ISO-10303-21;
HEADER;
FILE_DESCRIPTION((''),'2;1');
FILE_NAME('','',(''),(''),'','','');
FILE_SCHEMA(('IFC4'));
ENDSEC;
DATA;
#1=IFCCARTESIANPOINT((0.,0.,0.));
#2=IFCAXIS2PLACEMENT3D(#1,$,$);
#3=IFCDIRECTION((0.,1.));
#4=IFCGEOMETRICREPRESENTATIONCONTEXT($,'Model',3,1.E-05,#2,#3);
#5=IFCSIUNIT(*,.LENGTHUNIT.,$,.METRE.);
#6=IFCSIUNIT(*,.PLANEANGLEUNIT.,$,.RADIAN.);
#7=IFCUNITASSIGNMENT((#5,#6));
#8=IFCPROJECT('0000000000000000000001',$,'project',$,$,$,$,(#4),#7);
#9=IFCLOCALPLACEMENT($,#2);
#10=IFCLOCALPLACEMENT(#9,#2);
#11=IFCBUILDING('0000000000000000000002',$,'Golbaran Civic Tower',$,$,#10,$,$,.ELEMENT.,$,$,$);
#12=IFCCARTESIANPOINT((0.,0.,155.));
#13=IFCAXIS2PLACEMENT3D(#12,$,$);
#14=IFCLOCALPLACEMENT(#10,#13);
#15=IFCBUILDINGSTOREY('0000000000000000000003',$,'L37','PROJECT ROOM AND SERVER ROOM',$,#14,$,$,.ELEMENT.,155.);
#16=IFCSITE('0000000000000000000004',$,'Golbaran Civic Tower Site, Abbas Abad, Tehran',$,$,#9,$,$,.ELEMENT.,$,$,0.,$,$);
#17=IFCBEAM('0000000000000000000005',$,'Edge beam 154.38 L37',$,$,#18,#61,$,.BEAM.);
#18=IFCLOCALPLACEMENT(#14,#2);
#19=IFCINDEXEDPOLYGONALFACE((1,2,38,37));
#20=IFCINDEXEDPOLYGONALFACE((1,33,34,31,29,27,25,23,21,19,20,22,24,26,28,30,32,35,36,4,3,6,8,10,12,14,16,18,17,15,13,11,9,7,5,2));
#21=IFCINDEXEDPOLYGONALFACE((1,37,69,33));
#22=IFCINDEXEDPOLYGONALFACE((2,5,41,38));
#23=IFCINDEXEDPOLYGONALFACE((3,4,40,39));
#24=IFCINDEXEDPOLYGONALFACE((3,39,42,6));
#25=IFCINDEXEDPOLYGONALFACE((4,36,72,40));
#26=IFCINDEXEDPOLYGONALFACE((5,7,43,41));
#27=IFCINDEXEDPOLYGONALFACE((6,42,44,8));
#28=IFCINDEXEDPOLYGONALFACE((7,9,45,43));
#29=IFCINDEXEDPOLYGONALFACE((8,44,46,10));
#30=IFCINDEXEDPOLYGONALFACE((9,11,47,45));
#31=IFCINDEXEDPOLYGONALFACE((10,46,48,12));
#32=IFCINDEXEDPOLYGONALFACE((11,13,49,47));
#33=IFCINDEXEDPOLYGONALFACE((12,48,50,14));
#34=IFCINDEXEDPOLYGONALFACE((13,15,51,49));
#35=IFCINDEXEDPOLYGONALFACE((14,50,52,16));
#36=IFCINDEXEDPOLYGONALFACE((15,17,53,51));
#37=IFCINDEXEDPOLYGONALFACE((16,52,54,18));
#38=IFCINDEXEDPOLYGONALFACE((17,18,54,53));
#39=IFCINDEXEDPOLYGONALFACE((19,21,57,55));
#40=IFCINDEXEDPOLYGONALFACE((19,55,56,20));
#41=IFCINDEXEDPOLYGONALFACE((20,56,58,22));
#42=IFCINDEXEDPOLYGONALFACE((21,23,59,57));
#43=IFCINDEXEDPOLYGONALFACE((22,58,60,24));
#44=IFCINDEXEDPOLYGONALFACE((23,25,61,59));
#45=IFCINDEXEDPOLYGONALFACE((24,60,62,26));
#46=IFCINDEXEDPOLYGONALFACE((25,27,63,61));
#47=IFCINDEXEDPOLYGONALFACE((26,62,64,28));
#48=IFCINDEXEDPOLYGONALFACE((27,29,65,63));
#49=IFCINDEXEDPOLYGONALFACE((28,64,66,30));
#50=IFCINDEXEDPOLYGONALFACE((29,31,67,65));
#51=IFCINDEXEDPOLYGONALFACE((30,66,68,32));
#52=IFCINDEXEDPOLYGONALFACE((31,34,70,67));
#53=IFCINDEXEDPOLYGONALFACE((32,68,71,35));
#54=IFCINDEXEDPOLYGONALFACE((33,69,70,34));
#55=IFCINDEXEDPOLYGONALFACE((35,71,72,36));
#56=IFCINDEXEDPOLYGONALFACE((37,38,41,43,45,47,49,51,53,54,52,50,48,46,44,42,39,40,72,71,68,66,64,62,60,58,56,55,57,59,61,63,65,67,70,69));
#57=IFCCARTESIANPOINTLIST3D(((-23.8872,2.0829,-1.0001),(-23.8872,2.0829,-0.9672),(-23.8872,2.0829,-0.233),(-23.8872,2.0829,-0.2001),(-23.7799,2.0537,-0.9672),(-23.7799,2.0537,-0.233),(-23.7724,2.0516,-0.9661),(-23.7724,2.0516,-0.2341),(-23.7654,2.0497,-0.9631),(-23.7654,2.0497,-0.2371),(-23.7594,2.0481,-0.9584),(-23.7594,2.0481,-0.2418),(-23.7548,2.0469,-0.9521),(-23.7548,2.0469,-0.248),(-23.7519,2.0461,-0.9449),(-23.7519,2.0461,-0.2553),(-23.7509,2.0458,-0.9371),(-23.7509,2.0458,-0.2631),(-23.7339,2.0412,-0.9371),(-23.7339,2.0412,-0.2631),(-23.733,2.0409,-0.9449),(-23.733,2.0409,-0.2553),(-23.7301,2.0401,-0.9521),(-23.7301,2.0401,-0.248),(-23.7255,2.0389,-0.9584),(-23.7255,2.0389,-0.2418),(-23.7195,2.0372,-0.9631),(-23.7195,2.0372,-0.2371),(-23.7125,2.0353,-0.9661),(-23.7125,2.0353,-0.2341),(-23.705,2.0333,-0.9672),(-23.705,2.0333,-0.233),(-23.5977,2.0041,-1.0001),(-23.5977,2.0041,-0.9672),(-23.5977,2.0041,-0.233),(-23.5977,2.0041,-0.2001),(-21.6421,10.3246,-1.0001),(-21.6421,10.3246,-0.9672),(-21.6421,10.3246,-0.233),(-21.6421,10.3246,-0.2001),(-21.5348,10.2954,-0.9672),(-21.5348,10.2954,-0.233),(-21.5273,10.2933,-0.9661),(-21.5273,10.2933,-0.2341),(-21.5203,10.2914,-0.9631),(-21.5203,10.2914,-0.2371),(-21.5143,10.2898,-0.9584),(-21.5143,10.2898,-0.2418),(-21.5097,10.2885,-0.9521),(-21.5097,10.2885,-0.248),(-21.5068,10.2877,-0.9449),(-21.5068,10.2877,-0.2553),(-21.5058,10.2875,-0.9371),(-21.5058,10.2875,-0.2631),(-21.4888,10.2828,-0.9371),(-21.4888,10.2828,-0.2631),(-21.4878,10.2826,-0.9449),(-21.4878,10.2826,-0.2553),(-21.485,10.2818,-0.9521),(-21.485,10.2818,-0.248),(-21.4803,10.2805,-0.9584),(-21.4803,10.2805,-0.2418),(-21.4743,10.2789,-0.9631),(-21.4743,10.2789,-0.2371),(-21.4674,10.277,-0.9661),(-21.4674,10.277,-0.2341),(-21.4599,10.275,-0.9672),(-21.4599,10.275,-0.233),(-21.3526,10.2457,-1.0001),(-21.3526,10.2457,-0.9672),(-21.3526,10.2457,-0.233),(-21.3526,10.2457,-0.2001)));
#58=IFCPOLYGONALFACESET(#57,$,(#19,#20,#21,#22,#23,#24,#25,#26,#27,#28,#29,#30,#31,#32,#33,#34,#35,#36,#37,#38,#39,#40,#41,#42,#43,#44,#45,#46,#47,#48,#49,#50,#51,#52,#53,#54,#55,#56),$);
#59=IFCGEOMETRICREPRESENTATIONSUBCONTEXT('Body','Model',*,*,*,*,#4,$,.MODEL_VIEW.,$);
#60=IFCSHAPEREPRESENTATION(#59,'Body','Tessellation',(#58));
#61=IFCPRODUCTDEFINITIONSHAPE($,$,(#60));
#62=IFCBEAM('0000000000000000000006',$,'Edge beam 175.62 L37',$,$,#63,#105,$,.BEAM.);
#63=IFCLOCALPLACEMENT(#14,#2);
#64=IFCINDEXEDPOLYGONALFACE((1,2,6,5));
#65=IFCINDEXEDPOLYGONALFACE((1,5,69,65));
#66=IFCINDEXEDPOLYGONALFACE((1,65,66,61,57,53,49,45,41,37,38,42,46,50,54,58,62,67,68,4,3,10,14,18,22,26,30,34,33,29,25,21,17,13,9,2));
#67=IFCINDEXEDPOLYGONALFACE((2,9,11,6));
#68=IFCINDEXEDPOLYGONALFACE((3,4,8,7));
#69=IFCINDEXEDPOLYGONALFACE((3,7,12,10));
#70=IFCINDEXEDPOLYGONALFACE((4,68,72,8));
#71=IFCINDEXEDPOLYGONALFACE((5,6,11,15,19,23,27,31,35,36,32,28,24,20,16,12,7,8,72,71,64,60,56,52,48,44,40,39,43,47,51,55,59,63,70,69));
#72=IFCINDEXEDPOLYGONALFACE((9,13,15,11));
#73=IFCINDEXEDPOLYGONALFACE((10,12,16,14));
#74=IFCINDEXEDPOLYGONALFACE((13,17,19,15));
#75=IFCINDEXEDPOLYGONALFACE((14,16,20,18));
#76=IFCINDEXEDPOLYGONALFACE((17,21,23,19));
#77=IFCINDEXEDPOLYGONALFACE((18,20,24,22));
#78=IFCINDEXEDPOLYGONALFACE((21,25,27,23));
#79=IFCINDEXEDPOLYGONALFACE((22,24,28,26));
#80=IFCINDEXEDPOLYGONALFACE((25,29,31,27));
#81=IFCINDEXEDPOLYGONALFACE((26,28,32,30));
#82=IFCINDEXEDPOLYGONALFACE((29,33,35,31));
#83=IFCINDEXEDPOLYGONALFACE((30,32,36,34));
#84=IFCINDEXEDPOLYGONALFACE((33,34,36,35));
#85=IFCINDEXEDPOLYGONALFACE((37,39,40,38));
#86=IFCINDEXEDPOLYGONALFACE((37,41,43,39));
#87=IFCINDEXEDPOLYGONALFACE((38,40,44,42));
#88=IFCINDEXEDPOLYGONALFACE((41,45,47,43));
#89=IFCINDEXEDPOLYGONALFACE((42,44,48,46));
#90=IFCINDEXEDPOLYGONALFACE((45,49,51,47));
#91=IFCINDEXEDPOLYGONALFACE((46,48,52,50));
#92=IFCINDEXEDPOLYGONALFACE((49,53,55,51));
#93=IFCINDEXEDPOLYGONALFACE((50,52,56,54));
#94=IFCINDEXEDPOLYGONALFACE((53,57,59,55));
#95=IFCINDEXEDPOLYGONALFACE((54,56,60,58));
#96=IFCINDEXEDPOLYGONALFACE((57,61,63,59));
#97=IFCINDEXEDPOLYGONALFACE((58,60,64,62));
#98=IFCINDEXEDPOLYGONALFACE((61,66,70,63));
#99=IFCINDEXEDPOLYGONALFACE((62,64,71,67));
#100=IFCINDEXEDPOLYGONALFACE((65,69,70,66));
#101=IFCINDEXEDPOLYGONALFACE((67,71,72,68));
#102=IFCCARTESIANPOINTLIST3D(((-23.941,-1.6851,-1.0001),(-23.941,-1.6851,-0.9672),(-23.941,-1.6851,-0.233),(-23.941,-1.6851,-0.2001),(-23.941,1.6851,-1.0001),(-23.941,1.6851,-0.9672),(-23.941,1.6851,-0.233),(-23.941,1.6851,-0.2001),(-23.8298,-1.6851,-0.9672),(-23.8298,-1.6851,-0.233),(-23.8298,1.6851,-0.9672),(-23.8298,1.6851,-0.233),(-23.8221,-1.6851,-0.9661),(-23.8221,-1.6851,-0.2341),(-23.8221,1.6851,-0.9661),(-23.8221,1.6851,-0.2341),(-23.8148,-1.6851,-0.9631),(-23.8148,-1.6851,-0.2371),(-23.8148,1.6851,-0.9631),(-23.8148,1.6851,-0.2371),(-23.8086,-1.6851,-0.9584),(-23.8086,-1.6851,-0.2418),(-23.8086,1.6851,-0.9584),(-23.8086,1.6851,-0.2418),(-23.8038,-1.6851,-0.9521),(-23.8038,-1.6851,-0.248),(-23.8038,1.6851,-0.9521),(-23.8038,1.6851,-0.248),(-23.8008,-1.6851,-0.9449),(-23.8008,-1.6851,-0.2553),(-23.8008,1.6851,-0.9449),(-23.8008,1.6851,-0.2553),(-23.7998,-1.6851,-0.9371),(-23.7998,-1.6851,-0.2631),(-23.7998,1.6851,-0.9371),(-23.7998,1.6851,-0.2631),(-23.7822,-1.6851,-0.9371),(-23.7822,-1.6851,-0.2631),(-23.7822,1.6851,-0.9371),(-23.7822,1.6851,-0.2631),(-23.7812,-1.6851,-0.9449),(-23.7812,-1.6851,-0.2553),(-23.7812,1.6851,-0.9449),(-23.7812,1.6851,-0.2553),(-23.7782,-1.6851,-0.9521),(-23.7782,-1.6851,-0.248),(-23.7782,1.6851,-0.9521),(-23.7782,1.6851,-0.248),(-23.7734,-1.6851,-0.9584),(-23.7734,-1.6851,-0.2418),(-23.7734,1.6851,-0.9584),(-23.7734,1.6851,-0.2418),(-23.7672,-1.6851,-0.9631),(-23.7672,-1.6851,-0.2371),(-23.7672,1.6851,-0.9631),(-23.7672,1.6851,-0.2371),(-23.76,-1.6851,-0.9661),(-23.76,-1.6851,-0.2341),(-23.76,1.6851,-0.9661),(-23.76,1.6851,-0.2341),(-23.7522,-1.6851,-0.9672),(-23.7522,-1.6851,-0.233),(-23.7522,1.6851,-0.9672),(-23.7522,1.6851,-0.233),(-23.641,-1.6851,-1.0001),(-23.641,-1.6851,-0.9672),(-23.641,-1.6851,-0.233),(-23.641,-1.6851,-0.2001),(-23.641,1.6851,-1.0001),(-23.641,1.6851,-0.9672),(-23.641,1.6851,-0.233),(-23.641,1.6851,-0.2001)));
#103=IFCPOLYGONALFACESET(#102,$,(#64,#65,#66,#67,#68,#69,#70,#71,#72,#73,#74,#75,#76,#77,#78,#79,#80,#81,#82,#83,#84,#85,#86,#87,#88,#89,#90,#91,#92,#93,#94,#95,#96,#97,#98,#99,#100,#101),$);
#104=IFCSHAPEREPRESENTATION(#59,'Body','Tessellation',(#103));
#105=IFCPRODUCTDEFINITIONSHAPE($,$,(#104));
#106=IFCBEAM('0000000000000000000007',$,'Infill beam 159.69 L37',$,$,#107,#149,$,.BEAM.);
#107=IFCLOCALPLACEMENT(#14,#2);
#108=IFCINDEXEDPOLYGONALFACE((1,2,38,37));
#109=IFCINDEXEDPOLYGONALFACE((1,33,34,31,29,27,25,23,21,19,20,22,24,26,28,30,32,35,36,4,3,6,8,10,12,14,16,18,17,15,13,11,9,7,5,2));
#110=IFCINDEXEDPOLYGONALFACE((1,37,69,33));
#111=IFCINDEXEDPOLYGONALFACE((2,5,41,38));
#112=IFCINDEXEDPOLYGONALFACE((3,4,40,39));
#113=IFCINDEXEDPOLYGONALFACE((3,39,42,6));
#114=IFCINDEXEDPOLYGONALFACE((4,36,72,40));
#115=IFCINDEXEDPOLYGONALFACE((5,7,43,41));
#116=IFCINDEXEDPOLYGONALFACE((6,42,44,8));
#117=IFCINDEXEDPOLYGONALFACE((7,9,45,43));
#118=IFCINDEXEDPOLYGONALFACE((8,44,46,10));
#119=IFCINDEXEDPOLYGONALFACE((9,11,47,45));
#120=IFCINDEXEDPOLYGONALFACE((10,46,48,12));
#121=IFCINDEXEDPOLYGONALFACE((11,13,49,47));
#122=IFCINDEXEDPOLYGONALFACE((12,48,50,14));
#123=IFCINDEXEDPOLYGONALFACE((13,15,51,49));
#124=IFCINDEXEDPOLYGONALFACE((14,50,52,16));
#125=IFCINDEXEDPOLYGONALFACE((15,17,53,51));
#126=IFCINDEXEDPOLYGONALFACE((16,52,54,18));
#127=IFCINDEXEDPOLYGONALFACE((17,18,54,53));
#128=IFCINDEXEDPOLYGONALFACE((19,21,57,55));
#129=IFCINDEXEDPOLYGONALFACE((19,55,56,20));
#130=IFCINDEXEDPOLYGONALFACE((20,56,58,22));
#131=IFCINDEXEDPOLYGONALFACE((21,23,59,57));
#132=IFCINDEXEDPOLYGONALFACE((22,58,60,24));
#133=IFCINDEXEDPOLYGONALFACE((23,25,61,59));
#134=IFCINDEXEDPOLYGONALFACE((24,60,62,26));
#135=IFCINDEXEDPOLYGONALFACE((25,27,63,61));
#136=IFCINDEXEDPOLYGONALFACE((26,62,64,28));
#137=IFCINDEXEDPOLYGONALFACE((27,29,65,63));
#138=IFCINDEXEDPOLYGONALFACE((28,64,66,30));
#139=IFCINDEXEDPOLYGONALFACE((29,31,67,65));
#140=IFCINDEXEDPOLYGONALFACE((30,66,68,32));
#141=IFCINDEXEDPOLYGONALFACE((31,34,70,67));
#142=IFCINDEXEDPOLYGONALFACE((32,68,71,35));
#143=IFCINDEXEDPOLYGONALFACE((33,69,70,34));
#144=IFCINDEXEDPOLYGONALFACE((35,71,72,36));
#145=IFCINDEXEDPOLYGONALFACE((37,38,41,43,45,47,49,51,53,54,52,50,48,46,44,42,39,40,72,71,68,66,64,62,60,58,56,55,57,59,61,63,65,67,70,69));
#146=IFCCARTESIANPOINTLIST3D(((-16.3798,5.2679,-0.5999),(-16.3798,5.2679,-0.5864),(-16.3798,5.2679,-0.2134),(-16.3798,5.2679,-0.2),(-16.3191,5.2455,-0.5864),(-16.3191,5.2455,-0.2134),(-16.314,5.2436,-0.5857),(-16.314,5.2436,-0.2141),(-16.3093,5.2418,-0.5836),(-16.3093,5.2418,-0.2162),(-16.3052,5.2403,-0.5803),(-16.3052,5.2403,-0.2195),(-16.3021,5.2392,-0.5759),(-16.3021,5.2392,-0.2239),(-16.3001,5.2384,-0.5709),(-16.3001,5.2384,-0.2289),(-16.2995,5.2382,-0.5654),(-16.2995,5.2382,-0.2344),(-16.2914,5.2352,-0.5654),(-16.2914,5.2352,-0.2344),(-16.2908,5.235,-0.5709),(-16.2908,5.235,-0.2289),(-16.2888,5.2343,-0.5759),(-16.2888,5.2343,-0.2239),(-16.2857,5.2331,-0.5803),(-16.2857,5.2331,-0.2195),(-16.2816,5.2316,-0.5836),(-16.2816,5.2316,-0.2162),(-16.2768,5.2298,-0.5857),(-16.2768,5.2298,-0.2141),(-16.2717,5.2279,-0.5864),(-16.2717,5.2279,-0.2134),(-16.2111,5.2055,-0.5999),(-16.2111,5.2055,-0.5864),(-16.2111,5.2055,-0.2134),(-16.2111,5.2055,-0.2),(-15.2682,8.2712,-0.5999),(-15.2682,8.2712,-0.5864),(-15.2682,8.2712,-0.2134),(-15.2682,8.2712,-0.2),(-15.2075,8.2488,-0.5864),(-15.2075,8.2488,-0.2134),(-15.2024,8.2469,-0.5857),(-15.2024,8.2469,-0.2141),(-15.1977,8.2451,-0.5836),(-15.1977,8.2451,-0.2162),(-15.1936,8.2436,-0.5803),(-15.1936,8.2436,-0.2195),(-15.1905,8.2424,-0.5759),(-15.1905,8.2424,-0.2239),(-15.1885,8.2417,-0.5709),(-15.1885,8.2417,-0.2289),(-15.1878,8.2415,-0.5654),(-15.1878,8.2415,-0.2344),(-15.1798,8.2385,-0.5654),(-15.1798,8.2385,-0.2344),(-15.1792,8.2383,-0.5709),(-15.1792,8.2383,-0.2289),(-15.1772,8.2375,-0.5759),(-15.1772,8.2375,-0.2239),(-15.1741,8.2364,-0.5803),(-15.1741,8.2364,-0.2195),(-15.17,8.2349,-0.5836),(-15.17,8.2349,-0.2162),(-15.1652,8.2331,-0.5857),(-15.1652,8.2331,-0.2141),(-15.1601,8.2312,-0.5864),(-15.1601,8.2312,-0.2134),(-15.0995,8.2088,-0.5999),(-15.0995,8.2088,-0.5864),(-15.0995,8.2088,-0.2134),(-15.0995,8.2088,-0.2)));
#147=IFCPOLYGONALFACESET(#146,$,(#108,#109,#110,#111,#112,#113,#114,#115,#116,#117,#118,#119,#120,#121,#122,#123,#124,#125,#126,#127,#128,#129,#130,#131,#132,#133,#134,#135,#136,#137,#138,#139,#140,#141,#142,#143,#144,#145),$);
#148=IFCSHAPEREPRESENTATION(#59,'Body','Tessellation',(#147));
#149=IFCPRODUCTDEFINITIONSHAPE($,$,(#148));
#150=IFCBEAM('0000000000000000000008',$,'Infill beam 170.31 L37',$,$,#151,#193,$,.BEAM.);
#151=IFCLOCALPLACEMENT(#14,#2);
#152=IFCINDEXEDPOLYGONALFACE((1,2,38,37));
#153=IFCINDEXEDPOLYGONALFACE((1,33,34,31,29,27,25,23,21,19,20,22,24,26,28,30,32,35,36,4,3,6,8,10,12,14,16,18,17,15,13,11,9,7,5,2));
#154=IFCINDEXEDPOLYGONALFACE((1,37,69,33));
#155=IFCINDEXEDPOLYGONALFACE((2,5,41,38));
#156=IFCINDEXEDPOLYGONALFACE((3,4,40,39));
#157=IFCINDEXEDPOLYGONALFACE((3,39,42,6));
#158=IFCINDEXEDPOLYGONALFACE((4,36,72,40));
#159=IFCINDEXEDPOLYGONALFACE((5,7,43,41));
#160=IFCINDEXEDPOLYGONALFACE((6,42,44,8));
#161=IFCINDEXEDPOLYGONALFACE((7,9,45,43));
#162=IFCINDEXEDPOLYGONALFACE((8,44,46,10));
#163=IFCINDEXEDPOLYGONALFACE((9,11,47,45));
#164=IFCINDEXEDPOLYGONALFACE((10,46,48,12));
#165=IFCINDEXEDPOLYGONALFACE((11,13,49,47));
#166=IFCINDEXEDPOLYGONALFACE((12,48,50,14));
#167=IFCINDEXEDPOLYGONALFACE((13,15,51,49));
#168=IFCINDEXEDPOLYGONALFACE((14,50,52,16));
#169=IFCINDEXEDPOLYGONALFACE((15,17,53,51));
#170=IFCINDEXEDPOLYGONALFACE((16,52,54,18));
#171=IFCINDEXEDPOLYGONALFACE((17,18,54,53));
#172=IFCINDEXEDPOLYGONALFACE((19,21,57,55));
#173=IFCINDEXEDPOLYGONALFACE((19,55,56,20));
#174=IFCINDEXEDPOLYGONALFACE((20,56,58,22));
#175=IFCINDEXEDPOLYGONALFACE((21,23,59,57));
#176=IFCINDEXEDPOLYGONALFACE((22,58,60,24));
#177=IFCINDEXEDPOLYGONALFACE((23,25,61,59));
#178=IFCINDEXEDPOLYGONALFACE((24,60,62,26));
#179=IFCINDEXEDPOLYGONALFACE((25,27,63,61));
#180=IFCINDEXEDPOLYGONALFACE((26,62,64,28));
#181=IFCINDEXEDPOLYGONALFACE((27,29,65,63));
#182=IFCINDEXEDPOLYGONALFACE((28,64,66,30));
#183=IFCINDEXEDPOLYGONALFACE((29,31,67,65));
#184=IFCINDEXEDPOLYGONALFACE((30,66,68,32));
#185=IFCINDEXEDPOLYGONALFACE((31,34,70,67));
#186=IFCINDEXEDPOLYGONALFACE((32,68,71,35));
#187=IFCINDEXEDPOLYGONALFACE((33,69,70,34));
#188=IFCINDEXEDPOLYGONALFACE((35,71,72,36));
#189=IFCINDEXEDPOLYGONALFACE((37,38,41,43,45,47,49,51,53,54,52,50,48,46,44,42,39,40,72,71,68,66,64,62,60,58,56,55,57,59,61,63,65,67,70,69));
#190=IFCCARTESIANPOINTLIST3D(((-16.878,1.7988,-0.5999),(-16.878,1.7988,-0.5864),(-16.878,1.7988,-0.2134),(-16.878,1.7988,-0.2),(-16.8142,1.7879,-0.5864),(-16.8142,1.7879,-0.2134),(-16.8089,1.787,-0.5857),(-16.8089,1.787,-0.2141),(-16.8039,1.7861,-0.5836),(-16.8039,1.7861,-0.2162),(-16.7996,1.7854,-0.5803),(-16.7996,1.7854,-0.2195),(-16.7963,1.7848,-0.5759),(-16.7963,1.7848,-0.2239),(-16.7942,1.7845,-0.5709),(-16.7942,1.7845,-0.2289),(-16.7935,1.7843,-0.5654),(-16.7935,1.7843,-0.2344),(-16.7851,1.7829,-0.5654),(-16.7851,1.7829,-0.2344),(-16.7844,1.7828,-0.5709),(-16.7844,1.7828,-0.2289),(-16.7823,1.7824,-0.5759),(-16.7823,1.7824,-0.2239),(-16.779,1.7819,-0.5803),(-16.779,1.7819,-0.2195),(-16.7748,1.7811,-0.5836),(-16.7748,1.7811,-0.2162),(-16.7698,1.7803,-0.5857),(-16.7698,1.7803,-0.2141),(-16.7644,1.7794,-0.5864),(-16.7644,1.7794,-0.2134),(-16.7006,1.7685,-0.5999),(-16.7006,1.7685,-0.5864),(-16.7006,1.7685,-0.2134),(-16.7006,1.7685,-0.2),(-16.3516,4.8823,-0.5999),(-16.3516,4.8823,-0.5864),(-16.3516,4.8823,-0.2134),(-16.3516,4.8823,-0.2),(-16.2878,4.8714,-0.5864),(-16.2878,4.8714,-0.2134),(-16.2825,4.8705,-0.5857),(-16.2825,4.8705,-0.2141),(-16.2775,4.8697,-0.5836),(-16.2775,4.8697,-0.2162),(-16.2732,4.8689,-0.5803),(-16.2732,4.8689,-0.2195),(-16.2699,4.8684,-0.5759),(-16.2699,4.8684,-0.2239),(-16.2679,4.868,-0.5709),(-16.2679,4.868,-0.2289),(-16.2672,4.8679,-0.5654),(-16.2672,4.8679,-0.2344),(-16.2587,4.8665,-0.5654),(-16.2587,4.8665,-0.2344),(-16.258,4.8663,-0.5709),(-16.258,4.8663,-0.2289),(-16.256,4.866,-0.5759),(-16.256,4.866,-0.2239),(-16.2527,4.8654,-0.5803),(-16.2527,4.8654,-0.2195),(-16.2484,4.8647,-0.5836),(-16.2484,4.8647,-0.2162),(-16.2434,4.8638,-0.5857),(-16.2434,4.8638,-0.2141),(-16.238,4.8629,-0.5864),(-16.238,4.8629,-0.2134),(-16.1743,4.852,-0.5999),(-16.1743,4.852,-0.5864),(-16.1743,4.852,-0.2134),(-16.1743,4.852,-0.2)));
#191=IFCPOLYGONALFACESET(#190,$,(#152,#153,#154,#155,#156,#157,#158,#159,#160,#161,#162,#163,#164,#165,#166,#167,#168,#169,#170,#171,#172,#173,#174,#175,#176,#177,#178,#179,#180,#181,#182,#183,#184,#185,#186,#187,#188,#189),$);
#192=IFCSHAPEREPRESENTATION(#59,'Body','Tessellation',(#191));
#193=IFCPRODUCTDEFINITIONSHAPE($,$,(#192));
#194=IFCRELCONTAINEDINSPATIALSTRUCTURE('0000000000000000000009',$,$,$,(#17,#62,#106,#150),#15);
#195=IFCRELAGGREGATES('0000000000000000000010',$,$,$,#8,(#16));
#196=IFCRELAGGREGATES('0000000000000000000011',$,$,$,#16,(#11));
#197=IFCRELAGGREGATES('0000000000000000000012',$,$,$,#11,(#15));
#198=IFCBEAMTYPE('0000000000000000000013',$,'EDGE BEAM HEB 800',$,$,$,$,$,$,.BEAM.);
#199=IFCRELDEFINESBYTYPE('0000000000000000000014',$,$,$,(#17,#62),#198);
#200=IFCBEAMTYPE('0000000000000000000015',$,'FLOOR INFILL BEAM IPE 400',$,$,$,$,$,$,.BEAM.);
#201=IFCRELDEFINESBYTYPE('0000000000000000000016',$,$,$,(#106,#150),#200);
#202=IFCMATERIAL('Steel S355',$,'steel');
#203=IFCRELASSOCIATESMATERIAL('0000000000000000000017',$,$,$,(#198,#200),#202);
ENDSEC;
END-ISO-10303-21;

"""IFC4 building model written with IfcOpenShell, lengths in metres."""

from ifc_helpers import new_model, si_unit, direction, frame, origin, origin_2d, place, context, subcontext, project, spatial, i_section, extrude, material, material_profile, profile_set, type_object, element, save


model = new_model("IFC4")

# Units and contexts
model_context = context("Model", 3, precision=1e-05, world=origin(), true_north=direction((0.0, 1.0)))
body_context = subcontext(model_context, "Body", "Model", "MODEL_VIEW")
ifc_project = project(units=[si_unit("LENGTHUNIT", "METRE"), si_unit("PLANEANGLEUNIT", "RADIAN")], contexts=[model_context])

# Site, building, storey
site_placement = place(None, origin())
site = spatial("IfcSite", under=ifc_project, at=site_placement, Name="Golbaran Civic Tower Site, Abbas Abad, Tehran", CompositionType="ELEMENT", RefElevation=0.0)
building_placement = place(site_placement, origin())
building = spatial("IfcBuilding", under=site, at=building_placement, Name="Golbaran Civic Tower", CompositionType="ELEMENT")
storey_placement = place(building_placement, frame((0.0, 0.0, 155.0)))
storey = spatial("IfcBuildingStorey", under=building, at=storey_placement, Name="L37", Description="PROJECT ROOM AND SERVER ROOM", CompositionType="ELEMENT", Elevation=155.0)

# Beams
ifc_material_1 = material(Name="Steel S355", Category="steel")
ifc_material_profile_1 = material_profile(ifc_material_1, i_section(OverallWidth=0.3, OverallDepth=0.8, WebThickness=0.0176, FlangeThickness=0.033, FilletRadius=0.03, at=origin_2d()), Name="HEB 800")
ifc_profile_set_1 = profile_set([ifc_material_profile_1], Name="Steel S355")
beam_type_1 = type_object("IfcBeamType", Name="EDGE BEAM HEB 800", PredefinedType="BEAM", material=ifc_profile_set_1)
beam_1_placement = place(storey_placement, frame((-21.4973, 10.2852, -0.6001), z_axis=(-0.262832, -0.964842, 0.0), x_axis=(0.964842, -0.262832, 0.0)))
element("IfcBeam", 1, at=beam_1_placement, inside=storey, type_object=beam_type_1, Name="Edge beam 154.38 L37", PredefinedType="BEAM", context=body_context, shape_type="SweptSolid", body=[
    extrude(i_section(OverallWidth=0.3, OverallDepth=0.8, WebThickness=0.0176, FlangeThickness=0.033, FilletRadius=0.03, at=origin_2d()), origin(), (0.0, 0.0, 1.0), 8.542),
])
beam_2_placement = place(storey_placement, frame((-23.791, 1.6851, -0.6001), z_axis=(0.0, -1.0, 0.0), x_axis=(1.0, 0.0, 0.0)))
element("IfcBeam", 2, at=beam_2_placement, inside=storey, type_object=beam_type_1, Name="Edge beam 175.62 L37", PredefinedType="BEAM", context=body_context, shape_type="SweptSolid", body=[
    extrude(i_section(OverallWidth=0.3, OverallDepth=0.8, WebThickness=0.0176, FlangeThickness=0.033, FilletRadius=0.03, at=origin_2d()), origin(), (0.0, 0.0, 1.0), 3.3701),
])
ifc_material_profile_2 = material_profile(ifc_material_1, i_section(OverallWidth=0.1799, OverallDepth=0.3999, WebThickness=0.0085, FlangeThickness=0.0134, FilletRadius=0.021, at=origin_2d()), Name="IPE 400")
ifc_profile_set_2 = profile_set([ifc_material_profile_2], Name="Steel S355")
beam_type_2 = type_object("IfcBeamType", Name="FLOOR INFILL BEAM IPE 400", PredefinedType="BEAM", material=ifc_profile_set_2)
beam_3_placement = place(storey_placement, frame((-15.1838, 8.24, -0.3999), z_axis=(-0.347118, -0.937821, 0.0), x_axis=(0.937821, -0.347118, 0.0)))
element("IfcBeam", 3, at=beam_3_placement, inside=storey, type_object=beam_type_2, Name="Infill beam 159.69 L37", PredefinedType="BEAM", context=body_context, shape_type="SweptSolid", body=[
    extrude(i_section(OverallWidth=0.1799, OverallDepth=0.3999, WebThickness=0.0085, FlangeThickness=0.0134, FilletRadius=0.021, at=origin_2d()), origin(), (0.0, 0.0, 1.0), 3.2024),
])
beam_4_placement = place(storey_placement, frame((-16.2629, 4.8672, -0.3999), z_axis=(-0.168271, -0.985741, 0.0), x_axis=(0.985741, -0.168271, 0.0)))
element("IfcBeam", 4, at=beam_4_placement, inside=storey, type_object=beam_type_2, Name="Infill beam 170.31 L37", PredefinedType="BEAM", context=body_context, shape_type="SweptSolid", body=[
    extrude(i_section(OverallWidth=0.1799, OverallDepth=0.3999, WebThickness=0.0085, FlangeThickness=0.0134, FilletRadius=0.021, at=origin_2d()), origin(), (0.0, 0.0, 1.0), 3.1282),
])

save(model, "model.ifc")
